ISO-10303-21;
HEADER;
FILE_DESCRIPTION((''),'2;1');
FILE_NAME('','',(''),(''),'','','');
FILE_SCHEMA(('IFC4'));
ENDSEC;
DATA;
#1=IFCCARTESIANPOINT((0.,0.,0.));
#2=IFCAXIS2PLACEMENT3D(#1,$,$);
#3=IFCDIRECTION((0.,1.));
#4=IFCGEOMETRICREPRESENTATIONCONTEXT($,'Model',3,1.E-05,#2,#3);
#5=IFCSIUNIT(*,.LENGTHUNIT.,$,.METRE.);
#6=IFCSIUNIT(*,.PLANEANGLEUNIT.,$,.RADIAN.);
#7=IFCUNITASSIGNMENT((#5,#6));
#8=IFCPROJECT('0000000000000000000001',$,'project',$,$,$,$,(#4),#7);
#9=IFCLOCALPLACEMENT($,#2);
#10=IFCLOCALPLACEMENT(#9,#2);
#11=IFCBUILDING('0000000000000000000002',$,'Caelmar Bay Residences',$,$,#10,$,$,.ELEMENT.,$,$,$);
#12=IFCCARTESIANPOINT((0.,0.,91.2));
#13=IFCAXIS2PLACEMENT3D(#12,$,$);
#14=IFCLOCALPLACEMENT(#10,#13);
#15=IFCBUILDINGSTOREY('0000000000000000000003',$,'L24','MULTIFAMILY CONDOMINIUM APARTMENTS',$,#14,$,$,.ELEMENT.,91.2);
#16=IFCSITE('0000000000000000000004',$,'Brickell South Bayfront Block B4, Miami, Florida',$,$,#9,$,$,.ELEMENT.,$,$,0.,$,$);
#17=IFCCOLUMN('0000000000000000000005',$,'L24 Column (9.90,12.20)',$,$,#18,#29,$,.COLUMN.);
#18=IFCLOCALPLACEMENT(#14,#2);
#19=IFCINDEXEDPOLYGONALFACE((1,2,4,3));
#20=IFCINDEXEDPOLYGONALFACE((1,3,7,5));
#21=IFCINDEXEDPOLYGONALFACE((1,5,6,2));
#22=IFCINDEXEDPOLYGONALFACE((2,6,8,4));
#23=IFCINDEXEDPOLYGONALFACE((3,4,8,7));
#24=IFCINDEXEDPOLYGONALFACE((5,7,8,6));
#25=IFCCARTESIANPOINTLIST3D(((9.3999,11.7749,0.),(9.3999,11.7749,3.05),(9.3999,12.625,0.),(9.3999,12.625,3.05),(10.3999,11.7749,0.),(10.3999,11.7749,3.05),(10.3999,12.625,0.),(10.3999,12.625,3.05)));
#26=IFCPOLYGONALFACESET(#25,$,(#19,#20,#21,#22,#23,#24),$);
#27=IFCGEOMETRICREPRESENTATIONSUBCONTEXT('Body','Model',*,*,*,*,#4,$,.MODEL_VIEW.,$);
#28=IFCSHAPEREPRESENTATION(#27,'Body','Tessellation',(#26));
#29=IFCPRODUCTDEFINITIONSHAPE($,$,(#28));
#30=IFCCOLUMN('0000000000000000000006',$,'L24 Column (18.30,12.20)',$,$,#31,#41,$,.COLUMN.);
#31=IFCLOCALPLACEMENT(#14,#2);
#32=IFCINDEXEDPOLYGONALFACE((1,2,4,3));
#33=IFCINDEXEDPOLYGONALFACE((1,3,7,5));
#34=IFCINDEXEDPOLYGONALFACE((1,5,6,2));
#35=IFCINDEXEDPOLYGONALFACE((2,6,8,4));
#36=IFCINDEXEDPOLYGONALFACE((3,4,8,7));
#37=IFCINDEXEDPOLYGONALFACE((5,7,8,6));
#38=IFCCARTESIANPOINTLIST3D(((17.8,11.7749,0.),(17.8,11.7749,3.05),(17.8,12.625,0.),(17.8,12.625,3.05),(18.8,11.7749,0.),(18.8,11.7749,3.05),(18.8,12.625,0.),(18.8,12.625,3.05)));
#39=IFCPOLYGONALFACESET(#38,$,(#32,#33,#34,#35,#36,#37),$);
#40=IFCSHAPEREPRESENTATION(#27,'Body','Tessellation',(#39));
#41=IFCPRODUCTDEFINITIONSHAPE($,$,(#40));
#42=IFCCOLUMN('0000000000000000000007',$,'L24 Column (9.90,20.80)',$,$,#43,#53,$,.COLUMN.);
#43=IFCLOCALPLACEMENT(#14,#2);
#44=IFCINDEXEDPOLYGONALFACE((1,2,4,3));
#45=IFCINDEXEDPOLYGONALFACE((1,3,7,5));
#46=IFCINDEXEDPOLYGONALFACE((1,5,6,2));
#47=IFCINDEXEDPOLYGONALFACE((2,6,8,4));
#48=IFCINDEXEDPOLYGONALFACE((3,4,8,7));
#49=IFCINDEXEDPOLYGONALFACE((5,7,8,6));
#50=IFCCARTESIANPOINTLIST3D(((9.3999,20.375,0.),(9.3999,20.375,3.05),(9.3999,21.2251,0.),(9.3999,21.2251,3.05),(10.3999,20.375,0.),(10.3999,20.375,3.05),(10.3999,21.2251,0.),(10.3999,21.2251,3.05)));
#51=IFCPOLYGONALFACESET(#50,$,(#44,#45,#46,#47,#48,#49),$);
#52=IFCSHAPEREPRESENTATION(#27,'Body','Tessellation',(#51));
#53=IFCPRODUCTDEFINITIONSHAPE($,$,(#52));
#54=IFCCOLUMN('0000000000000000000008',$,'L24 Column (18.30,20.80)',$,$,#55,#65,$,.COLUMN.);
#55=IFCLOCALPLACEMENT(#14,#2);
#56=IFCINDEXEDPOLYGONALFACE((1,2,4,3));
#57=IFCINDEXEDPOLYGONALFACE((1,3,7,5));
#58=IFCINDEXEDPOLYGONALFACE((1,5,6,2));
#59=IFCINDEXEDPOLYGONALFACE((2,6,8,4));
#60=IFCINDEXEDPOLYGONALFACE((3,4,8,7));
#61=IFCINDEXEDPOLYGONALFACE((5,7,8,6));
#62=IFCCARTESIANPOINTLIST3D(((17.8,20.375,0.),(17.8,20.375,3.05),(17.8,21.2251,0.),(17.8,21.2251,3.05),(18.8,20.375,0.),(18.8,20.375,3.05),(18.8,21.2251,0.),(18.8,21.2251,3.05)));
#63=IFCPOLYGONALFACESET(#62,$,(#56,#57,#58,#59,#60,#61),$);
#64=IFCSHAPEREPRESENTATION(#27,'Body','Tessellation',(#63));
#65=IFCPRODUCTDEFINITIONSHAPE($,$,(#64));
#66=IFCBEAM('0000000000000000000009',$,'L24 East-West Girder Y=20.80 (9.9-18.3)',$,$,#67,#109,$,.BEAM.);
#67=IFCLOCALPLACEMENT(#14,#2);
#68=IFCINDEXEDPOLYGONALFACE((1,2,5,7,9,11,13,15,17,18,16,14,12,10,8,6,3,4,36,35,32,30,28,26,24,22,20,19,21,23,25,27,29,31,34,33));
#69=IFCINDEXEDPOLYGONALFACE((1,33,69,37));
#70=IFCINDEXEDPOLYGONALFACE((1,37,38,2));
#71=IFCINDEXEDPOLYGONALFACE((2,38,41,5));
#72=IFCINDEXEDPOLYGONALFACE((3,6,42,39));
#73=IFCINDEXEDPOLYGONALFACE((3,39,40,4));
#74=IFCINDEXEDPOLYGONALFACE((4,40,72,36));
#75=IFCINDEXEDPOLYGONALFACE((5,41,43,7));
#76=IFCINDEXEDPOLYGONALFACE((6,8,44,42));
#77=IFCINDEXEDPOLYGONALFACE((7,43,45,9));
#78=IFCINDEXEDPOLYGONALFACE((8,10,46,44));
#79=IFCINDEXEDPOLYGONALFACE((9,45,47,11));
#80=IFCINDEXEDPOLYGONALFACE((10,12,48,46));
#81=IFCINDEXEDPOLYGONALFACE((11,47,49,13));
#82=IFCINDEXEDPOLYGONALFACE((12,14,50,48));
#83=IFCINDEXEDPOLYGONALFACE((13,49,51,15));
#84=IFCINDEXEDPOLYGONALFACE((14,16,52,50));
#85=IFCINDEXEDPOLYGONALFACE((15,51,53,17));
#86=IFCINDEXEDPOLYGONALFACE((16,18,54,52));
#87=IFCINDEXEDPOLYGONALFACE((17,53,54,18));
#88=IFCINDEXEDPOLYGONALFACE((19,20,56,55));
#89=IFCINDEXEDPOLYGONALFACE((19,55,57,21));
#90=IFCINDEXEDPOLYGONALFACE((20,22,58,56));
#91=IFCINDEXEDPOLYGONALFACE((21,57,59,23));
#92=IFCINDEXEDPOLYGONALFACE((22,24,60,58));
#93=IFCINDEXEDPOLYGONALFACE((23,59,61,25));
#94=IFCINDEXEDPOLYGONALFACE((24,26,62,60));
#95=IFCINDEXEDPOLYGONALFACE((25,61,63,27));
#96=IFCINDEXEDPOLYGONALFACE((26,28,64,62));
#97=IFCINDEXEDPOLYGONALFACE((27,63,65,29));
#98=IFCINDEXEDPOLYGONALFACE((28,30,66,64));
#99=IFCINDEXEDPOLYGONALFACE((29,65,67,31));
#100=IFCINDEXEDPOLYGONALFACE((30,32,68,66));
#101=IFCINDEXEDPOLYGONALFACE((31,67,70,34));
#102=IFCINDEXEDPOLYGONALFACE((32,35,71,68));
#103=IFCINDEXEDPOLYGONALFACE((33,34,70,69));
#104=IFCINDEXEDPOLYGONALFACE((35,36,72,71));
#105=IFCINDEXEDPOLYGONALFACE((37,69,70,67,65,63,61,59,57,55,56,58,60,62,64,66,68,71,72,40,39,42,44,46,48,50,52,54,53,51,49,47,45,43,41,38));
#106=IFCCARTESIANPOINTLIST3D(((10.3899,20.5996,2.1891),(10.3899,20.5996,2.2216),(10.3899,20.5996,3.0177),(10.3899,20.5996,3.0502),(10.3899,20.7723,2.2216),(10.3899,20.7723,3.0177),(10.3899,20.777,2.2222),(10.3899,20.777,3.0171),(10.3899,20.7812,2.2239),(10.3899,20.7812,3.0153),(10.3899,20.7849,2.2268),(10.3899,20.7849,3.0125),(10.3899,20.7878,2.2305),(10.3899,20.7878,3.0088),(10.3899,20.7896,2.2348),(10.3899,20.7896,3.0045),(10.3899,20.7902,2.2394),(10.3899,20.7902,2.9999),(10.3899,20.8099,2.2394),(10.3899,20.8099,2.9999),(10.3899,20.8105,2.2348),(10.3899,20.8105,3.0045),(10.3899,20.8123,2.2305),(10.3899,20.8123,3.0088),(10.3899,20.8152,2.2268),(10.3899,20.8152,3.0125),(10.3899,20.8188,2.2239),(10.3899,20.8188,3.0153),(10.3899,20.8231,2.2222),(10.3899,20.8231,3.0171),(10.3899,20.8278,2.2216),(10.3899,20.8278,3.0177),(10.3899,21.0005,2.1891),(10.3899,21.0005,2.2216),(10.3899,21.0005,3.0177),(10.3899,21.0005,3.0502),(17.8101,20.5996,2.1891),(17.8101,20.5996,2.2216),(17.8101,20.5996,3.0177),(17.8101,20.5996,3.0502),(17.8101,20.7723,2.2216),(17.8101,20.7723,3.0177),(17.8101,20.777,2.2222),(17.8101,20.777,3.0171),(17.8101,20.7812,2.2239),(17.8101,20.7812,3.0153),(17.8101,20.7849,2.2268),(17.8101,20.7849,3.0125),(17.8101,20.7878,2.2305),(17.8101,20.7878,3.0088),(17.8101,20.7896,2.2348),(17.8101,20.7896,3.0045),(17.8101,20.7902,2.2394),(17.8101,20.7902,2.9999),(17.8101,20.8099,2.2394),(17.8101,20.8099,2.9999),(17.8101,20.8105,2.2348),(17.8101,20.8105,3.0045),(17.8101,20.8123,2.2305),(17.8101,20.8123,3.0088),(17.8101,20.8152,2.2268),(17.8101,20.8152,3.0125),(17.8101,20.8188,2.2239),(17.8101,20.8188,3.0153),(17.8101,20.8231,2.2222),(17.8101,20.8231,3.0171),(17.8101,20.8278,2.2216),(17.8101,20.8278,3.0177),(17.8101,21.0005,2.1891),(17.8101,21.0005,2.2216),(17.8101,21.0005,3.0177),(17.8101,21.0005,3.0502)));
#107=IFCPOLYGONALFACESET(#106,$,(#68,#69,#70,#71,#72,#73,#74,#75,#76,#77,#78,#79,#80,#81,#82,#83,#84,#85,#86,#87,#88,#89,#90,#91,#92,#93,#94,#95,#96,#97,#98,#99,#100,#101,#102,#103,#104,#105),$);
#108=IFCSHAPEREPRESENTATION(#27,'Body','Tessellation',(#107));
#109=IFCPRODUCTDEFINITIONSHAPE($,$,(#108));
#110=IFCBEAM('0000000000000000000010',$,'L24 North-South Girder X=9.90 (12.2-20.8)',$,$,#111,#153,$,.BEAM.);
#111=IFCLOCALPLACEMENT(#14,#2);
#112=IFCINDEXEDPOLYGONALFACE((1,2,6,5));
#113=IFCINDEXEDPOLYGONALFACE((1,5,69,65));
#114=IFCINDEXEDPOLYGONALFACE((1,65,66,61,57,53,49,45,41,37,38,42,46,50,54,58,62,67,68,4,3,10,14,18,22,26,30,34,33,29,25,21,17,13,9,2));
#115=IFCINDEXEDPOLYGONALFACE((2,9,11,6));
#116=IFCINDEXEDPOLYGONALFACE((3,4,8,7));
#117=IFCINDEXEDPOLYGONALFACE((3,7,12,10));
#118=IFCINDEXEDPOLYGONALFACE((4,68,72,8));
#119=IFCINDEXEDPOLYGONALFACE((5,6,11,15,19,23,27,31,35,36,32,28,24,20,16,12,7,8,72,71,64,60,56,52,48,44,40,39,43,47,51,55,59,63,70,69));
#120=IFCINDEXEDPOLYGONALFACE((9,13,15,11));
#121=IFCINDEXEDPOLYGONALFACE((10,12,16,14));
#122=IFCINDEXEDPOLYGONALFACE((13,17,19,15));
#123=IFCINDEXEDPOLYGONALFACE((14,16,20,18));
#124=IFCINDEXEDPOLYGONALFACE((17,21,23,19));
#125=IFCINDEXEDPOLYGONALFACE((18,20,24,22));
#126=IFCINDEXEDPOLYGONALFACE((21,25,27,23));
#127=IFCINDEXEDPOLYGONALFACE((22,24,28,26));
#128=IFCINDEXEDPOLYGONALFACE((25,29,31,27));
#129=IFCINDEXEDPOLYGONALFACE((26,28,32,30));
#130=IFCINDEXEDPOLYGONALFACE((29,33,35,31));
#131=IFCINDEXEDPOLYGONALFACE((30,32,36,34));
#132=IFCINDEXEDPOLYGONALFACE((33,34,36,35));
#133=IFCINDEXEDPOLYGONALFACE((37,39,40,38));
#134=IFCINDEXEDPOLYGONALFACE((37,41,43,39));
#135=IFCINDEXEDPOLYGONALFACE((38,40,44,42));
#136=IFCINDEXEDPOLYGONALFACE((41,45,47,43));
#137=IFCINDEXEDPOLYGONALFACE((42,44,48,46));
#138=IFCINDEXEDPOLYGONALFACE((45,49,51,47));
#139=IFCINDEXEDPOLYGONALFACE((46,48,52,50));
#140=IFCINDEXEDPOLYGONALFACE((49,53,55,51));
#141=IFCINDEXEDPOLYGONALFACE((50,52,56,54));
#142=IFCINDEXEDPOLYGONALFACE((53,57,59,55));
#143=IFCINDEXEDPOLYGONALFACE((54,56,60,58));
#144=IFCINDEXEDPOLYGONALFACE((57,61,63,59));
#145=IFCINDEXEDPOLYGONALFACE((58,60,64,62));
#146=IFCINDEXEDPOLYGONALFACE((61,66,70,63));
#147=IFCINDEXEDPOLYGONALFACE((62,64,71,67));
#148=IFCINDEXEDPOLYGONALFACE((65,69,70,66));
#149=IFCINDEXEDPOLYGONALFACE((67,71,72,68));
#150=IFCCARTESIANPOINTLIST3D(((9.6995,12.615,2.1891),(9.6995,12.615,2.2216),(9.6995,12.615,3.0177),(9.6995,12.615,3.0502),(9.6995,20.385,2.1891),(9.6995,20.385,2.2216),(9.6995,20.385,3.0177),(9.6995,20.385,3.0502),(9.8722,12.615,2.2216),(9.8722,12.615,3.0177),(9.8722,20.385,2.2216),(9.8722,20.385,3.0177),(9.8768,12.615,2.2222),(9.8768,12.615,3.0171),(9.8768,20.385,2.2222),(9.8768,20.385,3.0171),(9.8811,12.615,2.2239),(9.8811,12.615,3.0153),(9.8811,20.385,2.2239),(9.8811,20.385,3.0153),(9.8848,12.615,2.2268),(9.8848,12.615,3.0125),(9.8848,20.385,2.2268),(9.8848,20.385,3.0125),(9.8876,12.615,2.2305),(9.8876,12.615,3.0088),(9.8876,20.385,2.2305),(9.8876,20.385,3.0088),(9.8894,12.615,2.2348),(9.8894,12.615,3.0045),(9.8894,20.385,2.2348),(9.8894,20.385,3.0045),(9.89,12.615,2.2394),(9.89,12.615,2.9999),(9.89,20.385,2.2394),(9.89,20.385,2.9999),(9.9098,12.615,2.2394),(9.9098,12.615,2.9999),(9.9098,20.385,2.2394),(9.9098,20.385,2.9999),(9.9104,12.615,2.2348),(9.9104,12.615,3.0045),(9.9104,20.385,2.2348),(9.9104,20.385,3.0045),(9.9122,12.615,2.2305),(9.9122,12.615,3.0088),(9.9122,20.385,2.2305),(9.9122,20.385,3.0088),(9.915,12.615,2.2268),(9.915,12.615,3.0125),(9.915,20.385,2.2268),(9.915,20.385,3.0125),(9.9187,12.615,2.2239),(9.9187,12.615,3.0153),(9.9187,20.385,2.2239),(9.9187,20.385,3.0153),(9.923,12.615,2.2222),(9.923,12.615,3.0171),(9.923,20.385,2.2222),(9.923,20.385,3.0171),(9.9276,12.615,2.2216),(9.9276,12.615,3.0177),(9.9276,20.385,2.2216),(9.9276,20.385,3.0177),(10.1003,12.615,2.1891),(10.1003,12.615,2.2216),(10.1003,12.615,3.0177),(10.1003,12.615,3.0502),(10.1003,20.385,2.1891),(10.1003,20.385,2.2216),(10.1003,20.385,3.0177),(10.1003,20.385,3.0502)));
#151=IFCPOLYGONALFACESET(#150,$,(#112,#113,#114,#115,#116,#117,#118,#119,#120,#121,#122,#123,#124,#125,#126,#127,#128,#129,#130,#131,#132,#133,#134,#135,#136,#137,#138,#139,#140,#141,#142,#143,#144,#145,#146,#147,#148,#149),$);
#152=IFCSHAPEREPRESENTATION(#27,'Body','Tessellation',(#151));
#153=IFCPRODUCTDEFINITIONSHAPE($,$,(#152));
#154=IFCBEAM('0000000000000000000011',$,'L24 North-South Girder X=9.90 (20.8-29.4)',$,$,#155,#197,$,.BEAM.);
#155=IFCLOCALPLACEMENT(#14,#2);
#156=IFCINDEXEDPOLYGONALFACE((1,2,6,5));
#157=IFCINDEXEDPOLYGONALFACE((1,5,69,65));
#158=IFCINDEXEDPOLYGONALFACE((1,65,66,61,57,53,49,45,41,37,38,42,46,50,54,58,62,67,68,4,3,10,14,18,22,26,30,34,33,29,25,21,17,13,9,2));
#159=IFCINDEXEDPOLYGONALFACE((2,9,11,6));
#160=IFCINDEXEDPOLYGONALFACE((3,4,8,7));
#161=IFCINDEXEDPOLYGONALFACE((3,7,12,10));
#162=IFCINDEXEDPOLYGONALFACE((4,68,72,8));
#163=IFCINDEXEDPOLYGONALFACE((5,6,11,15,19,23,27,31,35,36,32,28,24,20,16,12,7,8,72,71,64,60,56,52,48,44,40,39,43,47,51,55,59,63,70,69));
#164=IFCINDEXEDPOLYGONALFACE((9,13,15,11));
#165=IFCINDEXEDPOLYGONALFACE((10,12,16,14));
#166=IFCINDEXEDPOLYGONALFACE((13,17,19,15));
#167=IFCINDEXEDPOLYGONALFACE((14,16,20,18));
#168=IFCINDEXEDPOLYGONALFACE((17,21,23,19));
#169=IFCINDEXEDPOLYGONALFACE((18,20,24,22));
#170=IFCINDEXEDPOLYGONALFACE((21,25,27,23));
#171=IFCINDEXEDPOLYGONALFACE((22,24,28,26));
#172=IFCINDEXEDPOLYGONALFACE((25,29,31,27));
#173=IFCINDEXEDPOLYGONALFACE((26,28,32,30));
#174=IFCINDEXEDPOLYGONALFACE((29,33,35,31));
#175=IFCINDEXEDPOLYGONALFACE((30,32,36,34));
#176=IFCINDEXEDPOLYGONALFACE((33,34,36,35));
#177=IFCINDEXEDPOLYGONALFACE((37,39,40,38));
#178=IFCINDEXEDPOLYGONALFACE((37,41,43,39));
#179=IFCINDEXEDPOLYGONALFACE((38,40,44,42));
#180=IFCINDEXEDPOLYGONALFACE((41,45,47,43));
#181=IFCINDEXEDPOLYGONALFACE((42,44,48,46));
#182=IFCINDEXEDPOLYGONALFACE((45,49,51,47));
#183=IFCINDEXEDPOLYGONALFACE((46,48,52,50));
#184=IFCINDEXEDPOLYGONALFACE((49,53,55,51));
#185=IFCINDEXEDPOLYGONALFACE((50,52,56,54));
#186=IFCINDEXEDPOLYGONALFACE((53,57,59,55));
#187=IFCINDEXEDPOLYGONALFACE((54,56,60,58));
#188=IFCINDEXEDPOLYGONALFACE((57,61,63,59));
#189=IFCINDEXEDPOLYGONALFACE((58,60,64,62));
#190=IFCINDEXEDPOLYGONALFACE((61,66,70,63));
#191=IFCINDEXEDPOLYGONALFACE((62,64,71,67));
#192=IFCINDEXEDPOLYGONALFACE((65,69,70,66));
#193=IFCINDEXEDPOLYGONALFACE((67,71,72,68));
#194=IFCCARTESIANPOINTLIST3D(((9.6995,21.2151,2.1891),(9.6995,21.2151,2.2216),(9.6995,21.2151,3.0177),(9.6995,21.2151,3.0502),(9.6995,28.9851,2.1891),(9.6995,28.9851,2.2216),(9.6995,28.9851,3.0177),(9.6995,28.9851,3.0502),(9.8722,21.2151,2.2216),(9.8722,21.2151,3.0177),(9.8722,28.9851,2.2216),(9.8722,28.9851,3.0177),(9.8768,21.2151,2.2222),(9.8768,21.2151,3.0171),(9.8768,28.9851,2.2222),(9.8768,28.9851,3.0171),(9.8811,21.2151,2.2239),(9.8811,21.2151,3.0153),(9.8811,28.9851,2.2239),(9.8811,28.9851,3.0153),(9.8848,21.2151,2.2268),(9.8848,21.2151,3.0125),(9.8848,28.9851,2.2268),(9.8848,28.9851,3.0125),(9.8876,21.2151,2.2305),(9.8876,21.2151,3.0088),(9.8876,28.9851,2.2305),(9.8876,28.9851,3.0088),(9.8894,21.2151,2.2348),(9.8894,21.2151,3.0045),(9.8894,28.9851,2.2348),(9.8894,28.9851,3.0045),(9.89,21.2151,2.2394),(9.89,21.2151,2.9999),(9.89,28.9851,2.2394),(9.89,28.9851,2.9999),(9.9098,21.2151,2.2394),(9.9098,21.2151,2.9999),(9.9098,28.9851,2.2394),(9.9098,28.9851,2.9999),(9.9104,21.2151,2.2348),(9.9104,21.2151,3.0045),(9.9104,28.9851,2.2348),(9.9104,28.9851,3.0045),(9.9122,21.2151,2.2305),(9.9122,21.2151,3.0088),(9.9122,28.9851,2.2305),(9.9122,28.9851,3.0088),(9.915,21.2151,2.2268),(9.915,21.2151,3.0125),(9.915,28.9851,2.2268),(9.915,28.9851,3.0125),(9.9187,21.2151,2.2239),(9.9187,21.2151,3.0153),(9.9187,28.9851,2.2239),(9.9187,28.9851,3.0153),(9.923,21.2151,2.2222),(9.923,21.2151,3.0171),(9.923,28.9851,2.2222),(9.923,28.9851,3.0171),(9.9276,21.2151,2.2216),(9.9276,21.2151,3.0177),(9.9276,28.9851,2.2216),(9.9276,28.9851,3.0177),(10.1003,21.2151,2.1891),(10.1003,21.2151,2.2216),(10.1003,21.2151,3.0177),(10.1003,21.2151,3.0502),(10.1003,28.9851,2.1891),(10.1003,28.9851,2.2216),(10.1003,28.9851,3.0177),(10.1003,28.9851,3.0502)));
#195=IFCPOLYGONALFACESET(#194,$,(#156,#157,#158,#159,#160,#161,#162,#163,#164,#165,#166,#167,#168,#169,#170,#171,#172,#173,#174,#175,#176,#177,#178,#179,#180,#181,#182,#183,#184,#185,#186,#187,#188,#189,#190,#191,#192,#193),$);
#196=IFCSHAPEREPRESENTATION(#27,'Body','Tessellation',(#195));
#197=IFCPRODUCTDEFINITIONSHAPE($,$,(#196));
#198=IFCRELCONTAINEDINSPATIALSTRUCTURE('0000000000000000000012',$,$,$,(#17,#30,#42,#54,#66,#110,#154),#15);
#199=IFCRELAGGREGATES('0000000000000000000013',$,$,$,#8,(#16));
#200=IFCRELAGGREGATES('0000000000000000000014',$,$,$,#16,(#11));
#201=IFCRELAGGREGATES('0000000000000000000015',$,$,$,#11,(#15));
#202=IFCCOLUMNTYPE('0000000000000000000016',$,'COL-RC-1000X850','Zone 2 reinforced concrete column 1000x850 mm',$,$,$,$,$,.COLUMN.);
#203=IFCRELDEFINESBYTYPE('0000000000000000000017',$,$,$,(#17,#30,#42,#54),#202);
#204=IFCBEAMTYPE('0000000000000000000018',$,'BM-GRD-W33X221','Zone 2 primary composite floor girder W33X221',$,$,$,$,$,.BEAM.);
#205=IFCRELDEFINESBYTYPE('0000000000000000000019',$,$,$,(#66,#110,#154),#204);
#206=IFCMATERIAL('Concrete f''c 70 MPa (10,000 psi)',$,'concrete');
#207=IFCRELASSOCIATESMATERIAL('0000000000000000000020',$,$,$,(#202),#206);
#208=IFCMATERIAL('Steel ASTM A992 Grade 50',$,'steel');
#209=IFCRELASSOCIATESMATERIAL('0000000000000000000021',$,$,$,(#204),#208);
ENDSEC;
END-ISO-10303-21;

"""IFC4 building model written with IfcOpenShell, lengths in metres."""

from ifc_helpers import new_model, si_unit, direction, frame, origin, origin_2d, place, context, subcontext, project, spatial, rectangle, i_section, extrude, material, material_profile, profile_set, type_object, element, save


model = new_model("IFC4")

# Units and contexts
model_context = context("Model", 3, precision=1e-05, world=origin(), true_north=direction((0.0, 1.0)))
body_context = subcontext(model_context, "Body", "Model", "MODEL_VIEW")
ifc_project = project(units=[si_unit("LENGTHUNIT", "METRE"), si_unit("PLANEANGLEUNIT", "RADIAN")], contexts=[model_context])

# Site, building, storey
site_placement = place(None, origin())
site = spatial("IfcSite", under=ifc_project, at=site_placement, Name="Brickell South Bayfront Block B4, Miami, Florida", CompositionType="ELEMENT", RefElevation=0.0)
building_placement = place(site_placement, origin())
building = spatial("IfcBuilding", under=site, at=building_placement, Name="Caelmar Bay Residences", CompositionType="ELEMENT")
storey_placement = place(building_placement, frame((0.0, 0.0, 91.2)))
storey = spatial("IfcBuildingStorey", under=building, at=storey_placement, Name="L24", Description="MULTIFAMILY CONDOMINIUM APARTMENTS", CompositionType="ELEMENT", Elevation=91.2)

# Columns
ifc_material_1 = material(Name="Concrete f'c 70 MPa (10,000 psi)", Category="concrete")
ifc_material_profile_1 = material_profile(ifc_material_1, rectangle(XDim=1.0, YDim=0.8501, at=origin_2d()), Name="RC-COL-1000X850")
ifc_profile_set_1 = profile_set([ifc_material_profile_1], Name="Concrete f'c 70 MPa (10,000 psi)")
column_type = type_object("IfcColumnType", Name="COL-RC-1000X850", Description="Zone 2 reinforced concrete column 1000x850 mm", PredefinedType="COLUMN", material=ifc_profile_set_1)
for number, where, z_axis, x_axis, name in (
    (1, (9.8999, 12.2, 0.0), (0.0, 0.0, 1.0), (1.0, 0.0, 0.0), "L24 Column (9.90,12.20)"),
    (2, (18.3, 12.2, 0.0), (0.0, 0.0, 1.0), (1.0, 0.0, 0.0), "L24 Column (18.30,12.20)"),
    (3, (9.8999, 20.8, 0.0), (0.0, 0.0, 1.0), (1.0, 0.0, 0.0), "L24 Column (9.90,20.80)"),
    (4, (18.3, 20.8, 0.0), (0.0, 0.0, 1.0), (1.0, 0.0, 0.0), "L24 Column (18.30,20.80)"),
):
    element("IfcColumn", number, at=place(storey_placement, frame(where, z_axis=z_axis, x_axis=x_axis)), inside=storey, type_object=column_type, Name=name, PredefinedType="COLUMN", context=body_context, shape_type="SweptSolid", body=[
        extrude(rectangle(XDim=1.0, YDim=0.8501, at=origin_2d()), origin(), (0.0, 0.0, 1.0), 3.05),
    ])

# Beams
ifc_material_2 = material(Name="Steel ASTM A992 Grade 50", Category="steel")
ifc_material_profile_2 = material_profile(ifc_material_2, i_section(OverallWidth=0.4009, OverallDepth=0.8611, WebThickness=0.0198, FlangeThickness=0.0325, FilletRadius=0.0178, at=origin_2d()), Name="W33X221")
ifc_profile_set_2 = profile_set([ifc_material_profile_2], Name="Steel ASTM A992 Grade 50")
beam_type_1 = type_object("IfcBeamType", Name="BM-GRD-W33X221", Description="Zone 2 primary composite floor girder W33X221", PredefinedType="BEAM", material=ifc_profile_set_2)
beam_1_placement = place(storey_placement, frame((10.3899, 20.8, 2.6196), z_axis=(1.0, 0.0, 0.0), x_axis=(0.0, 1.0, 0.0)))
element("IfcBeam", 5, at=beam_1_placement, inside=storey, type_object=beam_type_1, Name="L24 East-West Girder Y=20.80 (9.9-18.3)", PredefinedType="BEAM", context=body_context, shape_type="SweptSolid", body=[
    extrude(i_section(OverallWidth=0.4009, OverallDepth=0.8611, WebThickness=0.0198, FlangeThickness=0.0325, FilletRadius=0.0178, at=origin_2d()), origin(), (0.0, 0.0, 1.0), 7.4202),
])
for number, where, z_axis, x_axis, name in (
    (6, (9.8999, 12.615, 2.6196), (0.0, 1.0, 0.0), (-1.0, 0.0, 0.0), "L24 North-South Girder X=9.90 (12.2-20.8)"),
    (7, (9.8999, 21.2151, 2.6196), (0.0, 1.0, 0.0), (-1.0, 0.0, 0.0), "L24 North-South Girder X=9.90 (20.8-29.4)"),
):
    element("IfcBeam", number, at=place(storey_placement, frame(where, z_axis=z_axis, x_axis=x_axis)), inside=storey, type_object=beam_type_1, Name=name, PredefinedType="BEAM", context=body_context, shape_type="SweptSolid", body=[
        extrude(i_section(OverallWidth=0.4009, OverallDepth=0.8611, WebThickness=0.0198, FlangeThickness=0.0325, FilletRadius=0.0178, at=origin_2d()), origin(), (0.0, 0.0, 1.0), 7.77),
    ])

save(model, "model.ifc")
